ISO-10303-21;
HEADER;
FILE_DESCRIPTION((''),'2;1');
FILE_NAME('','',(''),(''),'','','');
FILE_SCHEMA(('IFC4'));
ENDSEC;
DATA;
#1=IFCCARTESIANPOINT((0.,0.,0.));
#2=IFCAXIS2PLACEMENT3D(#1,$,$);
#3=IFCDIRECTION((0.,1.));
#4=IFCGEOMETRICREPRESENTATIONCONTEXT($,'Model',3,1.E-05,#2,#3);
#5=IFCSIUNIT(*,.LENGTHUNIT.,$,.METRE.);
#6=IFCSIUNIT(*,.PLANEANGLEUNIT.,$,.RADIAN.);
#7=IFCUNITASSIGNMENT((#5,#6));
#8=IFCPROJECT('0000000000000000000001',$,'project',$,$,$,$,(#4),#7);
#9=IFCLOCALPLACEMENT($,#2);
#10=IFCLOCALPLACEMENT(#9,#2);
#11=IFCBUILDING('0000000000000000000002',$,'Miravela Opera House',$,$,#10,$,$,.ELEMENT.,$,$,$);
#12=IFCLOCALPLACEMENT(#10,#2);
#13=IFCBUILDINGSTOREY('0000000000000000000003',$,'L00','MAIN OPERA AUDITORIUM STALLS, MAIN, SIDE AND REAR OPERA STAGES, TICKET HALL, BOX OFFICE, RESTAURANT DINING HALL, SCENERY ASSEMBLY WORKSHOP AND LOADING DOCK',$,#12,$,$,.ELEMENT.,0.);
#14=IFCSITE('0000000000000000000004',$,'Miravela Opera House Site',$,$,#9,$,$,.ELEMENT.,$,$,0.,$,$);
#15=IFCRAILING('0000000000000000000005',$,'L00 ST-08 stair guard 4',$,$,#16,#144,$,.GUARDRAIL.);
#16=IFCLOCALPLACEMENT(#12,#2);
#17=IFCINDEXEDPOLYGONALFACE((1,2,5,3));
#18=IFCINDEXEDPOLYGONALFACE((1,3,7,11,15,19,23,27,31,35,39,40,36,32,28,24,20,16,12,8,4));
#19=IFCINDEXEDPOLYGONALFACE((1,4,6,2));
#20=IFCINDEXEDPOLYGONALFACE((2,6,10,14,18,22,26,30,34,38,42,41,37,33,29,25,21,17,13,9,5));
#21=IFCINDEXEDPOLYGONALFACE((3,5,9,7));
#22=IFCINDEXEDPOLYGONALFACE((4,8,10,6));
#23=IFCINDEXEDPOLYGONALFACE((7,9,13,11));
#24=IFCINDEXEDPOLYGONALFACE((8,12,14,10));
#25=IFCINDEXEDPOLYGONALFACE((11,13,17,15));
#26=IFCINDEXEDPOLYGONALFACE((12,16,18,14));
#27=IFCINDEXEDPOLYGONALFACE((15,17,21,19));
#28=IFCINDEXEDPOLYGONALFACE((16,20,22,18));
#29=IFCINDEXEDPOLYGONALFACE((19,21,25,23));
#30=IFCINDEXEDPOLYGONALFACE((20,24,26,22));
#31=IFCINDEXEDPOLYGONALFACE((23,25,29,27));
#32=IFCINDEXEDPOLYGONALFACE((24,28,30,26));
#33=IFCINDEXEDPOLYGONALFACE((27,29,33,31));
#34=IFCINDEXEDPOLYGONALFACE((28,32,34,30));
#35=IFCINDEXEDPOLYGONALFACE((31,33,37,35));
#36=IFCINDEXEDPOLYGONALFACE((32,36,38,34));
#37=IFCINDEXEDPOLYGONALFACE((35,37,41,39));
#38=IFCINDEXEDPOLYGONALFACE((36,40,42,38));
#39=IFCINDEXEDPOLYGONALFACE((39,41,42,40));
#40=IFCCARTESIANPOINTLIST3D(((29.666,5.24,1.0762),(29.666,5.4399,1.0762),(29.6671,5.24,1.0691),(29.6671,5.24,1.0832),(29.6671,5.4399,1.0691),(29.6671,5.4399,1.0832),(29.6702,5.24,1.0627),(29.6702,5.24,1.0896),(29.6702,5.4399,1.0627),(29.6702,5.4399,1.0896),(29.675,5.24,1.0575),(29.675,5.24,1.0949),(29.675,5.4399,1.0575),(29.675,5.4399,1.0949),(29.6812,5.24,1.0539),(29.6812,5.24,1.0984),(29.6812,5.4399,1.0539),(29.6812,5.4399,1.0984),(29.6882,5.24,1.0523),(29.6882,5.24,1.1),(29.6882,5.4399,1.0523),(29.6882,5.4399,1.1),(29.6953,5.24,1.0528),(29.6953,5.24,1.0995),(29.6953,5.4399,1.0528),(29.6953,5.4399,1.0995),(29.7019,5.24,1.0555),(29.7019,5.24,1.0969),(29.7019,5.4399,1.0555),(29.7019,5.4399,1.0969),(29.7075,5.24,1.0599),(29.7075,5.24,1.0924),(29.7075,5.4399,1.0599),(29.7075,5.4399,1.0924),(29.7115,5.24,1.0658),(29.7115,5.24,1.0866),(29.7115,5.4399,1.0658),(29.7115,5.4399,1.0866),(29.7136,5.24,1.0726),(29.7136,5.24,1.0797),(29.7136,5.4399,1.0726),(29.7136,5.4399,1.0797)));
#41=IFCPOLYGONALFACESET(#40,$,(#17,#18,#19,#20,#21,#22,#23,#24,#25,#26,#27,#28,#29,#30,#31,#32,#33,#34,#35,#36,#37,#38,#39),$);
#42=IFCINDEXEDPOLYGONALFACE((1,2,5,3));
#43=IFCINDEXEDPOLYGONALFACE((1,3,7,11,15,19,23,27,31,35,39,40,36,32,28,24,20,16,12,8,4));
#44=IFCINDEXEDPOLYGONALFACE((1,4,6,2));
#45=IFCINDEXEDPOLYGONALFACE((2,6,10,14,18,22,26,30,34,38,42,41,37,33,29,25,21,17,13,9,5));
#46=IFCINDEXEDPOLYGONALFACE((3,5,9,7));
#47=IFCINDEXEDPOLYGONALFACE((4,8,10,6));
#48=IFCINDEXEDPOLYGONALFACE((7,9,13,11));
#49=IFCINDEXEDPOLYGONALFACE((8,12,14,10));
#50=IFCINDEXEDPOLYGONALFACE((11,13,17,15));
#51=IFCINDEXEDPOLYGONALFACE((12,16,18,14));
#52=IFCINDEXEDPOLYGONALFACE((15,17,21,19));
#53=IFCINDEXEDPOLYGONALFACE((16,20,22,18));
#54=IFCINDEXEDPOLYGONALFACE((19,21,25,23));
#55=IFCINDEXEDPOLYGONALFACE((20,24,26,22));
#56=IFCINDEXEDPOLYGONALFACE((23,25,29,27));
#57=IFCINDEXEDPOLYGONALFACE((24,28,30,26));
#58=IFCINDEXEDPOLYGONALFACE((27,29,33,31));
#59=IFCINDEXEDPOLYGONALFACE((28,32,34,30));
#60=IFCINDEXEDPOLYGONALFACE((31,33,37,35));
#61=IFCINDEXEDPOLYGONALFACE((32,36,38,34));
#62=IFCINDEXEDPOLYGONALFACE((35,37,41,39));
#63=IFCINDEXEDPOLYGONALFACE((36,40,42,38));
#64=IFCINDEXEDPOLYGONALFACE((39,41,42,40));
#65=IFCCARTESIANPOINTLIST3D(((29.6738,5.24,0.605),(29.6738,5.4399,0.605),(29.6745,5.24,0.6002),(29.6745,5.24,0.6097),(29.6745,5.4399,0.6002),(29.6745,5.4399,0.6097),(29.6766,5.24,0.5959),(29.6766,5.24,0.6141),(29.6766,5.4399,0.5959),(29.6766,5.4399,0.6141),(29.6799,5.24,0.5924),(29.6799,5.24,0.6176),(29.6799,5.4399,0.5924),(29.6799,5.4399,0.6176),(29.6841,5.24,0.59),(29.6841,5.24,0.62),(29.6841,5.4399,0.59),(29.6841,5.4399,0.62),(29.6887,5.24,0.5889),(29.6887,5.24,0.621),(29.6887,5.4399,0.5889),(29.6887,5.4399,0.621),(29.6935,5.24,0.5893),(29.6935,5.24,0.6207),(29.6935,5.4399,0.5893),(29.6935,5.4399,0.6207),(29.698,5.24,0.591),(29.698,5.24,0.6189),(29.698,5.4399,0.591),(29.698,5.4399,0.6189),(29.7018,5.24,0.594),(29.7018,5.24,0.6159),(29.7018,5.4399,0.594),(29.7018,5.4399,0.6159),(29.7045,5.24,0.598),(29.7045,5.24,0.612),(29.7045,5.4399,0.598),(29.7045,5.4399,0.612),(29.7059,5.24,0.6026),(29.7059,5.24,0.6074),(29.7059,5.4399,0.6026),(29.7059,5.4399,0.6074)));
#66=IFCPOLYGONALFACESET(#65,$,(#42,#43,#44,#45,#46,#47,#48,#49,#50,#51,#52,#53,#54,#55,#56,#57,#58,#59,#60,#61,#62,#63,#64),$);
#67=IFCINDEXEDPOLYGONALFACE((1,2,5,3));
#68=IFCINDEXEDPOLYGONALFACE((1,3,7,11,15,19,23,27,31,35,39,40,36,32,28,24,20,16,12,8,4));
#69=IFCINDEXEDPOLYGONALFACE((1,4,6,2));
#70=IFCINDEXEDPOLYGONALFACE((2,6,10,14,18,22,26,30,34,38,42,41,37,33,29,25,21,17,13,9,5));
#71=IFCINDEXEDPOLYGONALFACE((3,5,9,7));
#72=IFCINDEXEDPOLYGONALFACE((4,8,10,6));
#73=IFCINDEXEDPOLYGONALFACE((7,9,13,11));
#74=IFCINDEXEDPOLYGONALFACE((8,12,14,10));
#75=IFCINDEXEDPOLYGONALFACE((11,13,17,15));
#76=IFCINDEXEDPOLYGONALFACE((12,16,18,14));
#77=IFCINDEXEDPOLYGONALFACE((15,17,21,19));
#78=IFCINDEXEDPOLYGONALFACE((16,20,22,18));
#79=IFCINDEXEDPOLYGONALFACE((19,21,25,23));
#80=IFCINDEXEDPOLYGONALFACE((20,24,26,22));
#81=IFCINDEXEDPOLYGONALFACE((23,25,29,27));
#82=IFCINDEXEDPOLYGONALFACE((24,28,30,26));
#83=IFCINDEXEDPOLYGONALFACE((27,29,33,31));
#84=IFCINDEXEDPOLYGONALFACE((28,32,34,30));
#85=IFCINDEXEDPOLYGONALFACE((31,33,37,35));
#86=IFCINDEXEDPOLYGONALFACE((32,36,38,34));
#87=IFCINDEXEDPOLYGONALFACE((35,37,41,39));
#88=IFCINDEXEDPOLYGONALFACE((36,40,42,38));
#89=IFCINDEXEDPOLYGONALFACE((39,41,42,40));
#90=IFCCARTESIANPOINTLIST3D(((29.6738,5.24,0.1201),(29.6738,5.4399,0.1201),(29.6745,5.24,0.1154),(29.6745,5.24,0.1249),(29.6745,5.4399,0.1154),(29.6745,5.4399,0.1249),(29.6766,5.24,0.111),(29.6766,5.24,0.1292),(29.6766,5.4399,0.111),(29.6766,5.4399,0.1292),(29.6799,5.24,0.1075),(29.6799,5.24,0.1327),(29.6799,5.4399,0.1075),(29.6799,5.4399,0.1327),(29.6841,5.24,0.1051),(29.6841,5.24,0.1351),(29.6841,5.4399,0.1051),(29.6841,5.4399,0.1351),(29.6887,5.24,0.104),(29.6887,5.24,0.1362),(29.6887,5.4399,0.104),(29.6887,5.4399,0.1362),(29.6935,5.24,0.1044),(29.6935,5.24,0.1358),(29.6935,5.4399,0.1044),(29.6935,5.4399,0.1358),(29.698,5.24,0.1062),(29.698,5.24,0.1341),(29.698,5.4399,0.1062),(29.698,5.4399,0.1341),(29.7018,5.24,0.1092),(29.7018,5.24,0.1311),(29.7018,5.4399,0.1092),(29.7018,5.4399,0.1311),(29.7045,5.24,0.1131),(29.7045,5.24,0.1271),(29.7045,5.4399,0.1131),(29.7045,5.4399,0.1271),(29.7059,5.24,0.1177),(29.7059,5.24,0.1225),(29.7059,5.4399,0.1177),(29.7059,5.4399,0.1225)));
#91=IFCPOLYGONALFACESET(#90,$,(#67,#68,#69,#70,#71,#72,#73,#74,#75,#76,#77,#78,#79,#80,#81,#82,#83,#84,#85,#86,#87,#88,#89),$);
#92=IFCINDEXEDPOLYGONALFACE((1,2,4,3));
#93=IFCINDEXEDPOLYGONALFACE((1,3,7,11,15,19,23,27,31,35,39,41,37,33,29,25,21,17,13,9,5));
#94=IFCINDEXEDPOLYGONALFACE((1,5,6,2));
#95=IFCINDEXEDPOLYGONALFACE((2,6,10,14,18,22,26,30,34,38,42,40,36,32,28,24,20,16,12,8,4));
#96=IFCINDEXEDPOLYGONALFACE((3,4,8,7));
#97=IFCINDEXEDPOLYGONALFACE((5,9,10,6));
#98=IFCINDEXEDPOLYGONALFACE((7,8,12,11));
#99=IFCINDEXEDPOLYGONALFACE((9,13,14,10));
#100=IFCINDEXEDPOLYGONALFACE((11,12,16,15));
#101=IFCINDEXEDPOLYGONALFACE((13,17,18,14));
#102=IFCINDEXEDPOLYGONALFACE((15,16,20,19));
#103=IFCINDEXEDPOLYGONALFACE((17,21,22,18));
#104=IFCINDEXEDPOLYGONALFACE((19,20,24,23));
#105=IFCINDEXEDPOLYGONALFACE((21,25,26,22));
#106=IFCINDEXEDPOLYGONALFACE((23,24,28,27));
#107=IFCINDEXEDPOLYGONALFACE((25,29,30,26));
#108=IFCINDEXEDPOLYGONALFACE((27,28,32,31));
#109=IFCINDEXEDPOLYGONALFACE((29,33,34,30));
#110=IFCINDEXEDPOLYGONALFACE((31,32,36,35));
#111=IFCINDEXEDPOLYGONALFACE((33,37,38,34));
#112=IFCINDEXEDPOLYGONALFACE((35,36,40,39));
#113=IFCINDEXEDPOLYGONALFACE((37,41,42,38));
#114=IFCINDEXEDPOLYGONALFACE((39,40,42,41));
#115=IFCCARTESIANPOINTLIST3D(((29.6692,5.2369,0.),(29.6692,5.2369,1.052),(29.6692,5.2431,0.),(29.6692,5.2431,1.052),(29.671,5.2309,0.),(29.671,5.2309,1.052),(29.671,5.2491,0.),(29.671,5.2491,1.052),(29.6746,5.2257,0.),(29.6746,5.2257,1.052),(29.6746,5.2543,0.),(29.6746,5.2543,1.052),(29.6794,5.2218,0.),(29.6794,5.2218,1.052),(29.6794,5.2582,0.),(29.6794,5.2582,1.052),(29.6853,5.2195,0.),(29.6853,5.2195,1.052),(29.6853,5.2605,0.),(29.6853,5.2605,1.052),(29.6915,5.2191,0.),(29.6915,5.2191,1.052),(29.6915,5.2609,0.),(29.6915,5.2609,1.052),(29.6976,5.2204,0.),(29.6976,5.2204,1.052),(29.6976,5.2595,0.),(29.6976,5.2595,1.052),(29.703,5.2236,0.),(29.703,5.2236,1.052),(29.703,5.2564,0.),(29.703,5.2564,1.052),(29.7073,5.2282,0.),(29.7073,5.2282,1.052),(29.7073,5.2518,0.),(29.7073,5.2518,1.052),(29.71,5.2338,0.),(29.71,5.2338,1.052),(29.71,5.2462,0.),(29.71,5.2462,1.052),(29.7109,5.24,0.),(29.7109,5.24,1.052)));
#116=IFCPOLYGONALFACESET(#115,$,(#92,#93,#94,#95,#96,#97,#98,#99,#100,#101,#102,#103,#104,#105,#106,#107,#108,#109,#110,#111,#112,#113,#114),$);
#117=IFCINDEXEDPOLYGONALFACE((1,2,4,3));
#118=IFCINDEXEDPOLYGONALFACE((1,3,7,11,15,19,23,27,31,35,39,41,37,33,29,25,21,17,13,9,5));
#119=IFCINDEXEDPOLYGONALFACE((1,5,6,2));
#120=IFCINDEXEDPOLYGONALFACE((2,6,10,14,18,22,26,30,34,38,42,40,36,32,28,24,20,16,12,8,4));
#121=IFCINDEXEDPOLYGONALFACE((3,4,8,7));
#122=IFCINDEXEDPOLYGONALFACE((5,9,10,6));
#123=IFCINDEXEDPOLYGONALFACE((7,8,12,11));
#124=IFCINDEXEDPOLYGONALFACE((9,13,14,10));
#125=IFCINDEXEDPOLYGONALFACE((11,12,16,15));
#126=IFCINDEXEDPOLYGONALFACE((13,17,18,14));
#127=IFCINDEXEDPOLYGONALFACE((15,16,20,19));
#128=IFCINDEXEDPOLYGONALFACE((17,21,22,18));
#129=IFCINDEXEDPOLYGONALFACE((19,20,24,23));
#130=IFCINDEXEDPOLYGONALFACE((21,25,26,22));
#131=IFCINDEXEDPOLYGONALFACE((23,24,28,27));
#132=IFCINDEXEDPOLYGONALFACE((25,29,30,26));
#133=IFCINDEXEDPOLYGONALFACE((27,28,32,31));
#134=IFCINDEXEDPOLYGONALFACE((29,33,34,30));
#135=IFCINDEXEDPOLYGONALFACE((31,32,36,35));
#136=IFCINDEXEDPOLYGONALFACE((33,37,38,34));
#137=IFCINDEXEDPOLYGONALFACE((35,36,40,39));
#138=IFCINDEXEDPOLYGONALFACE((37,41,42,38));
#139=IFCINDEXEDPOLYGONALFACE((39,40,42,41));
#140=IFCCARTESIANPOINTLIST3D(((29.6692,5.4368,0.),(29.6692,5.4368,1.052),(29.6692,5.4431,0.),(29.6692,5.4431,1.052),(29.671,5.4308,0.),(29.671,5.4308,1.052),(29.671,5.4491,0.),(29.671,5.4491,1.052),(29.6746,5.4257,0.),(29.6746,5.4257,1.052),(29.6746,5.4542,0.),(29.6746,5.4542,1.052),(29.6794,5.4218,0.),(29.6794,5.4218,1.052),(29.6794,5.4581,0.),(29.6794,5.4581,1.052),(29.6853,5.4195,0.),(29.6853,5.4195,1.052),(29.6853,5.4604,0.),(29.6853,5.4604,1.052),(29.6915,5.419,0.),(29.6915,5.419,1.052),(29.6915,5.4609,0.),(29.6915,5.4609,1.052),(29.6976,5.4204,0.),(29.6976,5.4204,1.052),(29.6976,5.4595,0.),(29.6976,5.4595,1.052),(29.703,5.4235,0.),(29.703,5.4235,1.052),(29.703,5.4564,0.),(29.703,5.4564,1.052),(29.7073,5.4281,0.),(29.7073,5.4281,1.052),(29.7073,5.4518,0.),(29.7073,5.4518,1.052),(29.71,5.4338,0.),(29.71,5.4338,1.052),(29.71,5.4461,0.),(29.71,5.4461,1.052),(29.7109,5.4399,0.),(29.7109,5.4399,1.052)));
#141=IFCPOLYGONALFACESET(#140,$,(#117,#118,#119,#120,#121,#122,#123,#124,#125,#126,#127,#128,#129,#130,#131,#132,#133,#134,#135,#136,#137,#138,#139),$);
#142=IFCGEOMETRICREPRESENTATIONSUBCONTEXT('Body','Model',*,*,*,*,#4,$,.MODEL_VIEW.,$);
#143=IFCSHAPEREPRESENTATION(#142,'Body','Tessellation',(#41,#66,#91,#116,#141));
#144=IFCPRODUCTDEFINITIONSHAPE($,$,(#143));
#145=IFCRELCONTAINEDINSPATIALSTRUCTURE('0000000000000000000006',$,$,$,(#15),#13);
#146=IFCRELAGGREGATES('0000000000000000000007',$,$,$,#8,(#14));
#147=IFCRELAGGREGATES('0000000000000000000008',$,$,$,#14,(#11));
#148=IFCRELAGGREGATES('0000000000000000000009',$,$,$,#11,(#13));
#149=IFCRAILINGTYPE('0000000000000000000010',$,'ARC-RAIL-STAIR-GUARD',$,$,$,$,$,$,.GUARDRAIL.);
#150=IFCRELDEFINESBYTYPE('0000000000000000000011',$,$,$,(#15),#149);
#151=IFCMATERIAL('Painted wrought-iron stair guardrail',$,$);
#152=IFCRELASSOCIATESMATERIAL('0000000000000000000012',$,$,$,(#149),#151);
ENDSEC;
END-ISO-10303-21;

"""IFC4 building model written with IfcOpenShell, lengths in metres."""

from ifc_helpers import new_model, si_unit, direction, frame, origin, origin_2d, place, context, subcontext, project, spatial, circle, extrude, material, type_object, element, save


model = new_model("IFC4")

# Units and contexts
model_context = context("Model", 3, precision=1e-05, world=origin(), true_north=direction((0.0, 1.0)))
body_context = subcontext(model_context, "Body", "Model", "MODEL_VIEW")
ifc_project = project(units=[si_unit("LENGTHUNIT", "METRE"), si_unit("PLANEANGLEUNIT", "RADIAN")], contexts=[model_context])

# Site, building, storey
site_placement = place(None, origin())
site = spatial("IfcSite", under=ifc_project, at=site_placement, Name="Miravela Opera House Site", CompositionType="ELEMENT", RefElevation=0.0)
building_placement = place(site_placement, origin())
building = spatial("IfcBuilding", under=site, at=building_placement, Name="Miravela Opera House", CompositionType="ELEMENT")
storey_placement = place(building_placement, origin())
storey = spatial("IfcBuildingStorey", under=building, at=storey_placement, Name="L00", Description="MAIN OPERA AUDITORIUM STALLS, MAIN, SIDE AND REAR OPERA STAGES, TICKET HALL, BOX OFFICE, RESTAURANT DINING HALL, SCENERY ASSEMBLY WORKSHOP AND LOADING DOCK", CompositionType="ELEMENT", Elevation=0.0)

# Railing
ifc_material_1 = material(Name="Painted wrought-iron stair guardrail")
railing_type_1 = type_object("IfcRailingType", Name="ARC-RAIL-STAIR-GUARD", PredefinedType="GUARDRAIL", material=ifc_material_1)
railing_1_placement = place(storey_placement, frame((29.6899, 5.24, 0.0)))
element("IfcRailing", 1, at=railing_1_placement, inside=storey, type_object=railing_type_1, Name="L00 ST-08 stair guard 4", PredefinedType="GUARDRAIL", context=body_context, shape_type="SweptSolid", body=[
    extrude(circle(Radius=0.0239, at=origin_2d()), frame((0.0, 0.0, 1.0762), z_axis=(0.0, 1.0, 0.0), x_axis=(-1.0, 0.0, 0.0)), (0.0, 0.0, 1.0), 0.2),
    extrude(circle(Radius=0.0161, at=origin_2d()), frame((0.0, 0.0, 0.605), z_axis=(0.0, 1.0, 0.0), x_axis=(-1.0, 0.0, 0.0)), (0.0, 0.0, 1.0), 0.2),
    extrude(circle(Radius=0.0161, at=origin_2d()), frame((0.0, 0.0, 0.1201), z_axis=(0.0, 1.0, 0.0), x_axis=(-1.0, 0.0, 0.0)), (0.0, 0.0, 1.0), 0.2),
    extrude(circle(Radius=0.021, at=origin_2d()), origin(), (0.0, 0.0, 1.0), 1.052),
    extrude(circle(Radius=0.021, at=origin_2d()), frame((0.0, 0.2, 0.0)), (0.0, 0.0, 1.0), 1.052),
])

save(model, "model.ifc")
